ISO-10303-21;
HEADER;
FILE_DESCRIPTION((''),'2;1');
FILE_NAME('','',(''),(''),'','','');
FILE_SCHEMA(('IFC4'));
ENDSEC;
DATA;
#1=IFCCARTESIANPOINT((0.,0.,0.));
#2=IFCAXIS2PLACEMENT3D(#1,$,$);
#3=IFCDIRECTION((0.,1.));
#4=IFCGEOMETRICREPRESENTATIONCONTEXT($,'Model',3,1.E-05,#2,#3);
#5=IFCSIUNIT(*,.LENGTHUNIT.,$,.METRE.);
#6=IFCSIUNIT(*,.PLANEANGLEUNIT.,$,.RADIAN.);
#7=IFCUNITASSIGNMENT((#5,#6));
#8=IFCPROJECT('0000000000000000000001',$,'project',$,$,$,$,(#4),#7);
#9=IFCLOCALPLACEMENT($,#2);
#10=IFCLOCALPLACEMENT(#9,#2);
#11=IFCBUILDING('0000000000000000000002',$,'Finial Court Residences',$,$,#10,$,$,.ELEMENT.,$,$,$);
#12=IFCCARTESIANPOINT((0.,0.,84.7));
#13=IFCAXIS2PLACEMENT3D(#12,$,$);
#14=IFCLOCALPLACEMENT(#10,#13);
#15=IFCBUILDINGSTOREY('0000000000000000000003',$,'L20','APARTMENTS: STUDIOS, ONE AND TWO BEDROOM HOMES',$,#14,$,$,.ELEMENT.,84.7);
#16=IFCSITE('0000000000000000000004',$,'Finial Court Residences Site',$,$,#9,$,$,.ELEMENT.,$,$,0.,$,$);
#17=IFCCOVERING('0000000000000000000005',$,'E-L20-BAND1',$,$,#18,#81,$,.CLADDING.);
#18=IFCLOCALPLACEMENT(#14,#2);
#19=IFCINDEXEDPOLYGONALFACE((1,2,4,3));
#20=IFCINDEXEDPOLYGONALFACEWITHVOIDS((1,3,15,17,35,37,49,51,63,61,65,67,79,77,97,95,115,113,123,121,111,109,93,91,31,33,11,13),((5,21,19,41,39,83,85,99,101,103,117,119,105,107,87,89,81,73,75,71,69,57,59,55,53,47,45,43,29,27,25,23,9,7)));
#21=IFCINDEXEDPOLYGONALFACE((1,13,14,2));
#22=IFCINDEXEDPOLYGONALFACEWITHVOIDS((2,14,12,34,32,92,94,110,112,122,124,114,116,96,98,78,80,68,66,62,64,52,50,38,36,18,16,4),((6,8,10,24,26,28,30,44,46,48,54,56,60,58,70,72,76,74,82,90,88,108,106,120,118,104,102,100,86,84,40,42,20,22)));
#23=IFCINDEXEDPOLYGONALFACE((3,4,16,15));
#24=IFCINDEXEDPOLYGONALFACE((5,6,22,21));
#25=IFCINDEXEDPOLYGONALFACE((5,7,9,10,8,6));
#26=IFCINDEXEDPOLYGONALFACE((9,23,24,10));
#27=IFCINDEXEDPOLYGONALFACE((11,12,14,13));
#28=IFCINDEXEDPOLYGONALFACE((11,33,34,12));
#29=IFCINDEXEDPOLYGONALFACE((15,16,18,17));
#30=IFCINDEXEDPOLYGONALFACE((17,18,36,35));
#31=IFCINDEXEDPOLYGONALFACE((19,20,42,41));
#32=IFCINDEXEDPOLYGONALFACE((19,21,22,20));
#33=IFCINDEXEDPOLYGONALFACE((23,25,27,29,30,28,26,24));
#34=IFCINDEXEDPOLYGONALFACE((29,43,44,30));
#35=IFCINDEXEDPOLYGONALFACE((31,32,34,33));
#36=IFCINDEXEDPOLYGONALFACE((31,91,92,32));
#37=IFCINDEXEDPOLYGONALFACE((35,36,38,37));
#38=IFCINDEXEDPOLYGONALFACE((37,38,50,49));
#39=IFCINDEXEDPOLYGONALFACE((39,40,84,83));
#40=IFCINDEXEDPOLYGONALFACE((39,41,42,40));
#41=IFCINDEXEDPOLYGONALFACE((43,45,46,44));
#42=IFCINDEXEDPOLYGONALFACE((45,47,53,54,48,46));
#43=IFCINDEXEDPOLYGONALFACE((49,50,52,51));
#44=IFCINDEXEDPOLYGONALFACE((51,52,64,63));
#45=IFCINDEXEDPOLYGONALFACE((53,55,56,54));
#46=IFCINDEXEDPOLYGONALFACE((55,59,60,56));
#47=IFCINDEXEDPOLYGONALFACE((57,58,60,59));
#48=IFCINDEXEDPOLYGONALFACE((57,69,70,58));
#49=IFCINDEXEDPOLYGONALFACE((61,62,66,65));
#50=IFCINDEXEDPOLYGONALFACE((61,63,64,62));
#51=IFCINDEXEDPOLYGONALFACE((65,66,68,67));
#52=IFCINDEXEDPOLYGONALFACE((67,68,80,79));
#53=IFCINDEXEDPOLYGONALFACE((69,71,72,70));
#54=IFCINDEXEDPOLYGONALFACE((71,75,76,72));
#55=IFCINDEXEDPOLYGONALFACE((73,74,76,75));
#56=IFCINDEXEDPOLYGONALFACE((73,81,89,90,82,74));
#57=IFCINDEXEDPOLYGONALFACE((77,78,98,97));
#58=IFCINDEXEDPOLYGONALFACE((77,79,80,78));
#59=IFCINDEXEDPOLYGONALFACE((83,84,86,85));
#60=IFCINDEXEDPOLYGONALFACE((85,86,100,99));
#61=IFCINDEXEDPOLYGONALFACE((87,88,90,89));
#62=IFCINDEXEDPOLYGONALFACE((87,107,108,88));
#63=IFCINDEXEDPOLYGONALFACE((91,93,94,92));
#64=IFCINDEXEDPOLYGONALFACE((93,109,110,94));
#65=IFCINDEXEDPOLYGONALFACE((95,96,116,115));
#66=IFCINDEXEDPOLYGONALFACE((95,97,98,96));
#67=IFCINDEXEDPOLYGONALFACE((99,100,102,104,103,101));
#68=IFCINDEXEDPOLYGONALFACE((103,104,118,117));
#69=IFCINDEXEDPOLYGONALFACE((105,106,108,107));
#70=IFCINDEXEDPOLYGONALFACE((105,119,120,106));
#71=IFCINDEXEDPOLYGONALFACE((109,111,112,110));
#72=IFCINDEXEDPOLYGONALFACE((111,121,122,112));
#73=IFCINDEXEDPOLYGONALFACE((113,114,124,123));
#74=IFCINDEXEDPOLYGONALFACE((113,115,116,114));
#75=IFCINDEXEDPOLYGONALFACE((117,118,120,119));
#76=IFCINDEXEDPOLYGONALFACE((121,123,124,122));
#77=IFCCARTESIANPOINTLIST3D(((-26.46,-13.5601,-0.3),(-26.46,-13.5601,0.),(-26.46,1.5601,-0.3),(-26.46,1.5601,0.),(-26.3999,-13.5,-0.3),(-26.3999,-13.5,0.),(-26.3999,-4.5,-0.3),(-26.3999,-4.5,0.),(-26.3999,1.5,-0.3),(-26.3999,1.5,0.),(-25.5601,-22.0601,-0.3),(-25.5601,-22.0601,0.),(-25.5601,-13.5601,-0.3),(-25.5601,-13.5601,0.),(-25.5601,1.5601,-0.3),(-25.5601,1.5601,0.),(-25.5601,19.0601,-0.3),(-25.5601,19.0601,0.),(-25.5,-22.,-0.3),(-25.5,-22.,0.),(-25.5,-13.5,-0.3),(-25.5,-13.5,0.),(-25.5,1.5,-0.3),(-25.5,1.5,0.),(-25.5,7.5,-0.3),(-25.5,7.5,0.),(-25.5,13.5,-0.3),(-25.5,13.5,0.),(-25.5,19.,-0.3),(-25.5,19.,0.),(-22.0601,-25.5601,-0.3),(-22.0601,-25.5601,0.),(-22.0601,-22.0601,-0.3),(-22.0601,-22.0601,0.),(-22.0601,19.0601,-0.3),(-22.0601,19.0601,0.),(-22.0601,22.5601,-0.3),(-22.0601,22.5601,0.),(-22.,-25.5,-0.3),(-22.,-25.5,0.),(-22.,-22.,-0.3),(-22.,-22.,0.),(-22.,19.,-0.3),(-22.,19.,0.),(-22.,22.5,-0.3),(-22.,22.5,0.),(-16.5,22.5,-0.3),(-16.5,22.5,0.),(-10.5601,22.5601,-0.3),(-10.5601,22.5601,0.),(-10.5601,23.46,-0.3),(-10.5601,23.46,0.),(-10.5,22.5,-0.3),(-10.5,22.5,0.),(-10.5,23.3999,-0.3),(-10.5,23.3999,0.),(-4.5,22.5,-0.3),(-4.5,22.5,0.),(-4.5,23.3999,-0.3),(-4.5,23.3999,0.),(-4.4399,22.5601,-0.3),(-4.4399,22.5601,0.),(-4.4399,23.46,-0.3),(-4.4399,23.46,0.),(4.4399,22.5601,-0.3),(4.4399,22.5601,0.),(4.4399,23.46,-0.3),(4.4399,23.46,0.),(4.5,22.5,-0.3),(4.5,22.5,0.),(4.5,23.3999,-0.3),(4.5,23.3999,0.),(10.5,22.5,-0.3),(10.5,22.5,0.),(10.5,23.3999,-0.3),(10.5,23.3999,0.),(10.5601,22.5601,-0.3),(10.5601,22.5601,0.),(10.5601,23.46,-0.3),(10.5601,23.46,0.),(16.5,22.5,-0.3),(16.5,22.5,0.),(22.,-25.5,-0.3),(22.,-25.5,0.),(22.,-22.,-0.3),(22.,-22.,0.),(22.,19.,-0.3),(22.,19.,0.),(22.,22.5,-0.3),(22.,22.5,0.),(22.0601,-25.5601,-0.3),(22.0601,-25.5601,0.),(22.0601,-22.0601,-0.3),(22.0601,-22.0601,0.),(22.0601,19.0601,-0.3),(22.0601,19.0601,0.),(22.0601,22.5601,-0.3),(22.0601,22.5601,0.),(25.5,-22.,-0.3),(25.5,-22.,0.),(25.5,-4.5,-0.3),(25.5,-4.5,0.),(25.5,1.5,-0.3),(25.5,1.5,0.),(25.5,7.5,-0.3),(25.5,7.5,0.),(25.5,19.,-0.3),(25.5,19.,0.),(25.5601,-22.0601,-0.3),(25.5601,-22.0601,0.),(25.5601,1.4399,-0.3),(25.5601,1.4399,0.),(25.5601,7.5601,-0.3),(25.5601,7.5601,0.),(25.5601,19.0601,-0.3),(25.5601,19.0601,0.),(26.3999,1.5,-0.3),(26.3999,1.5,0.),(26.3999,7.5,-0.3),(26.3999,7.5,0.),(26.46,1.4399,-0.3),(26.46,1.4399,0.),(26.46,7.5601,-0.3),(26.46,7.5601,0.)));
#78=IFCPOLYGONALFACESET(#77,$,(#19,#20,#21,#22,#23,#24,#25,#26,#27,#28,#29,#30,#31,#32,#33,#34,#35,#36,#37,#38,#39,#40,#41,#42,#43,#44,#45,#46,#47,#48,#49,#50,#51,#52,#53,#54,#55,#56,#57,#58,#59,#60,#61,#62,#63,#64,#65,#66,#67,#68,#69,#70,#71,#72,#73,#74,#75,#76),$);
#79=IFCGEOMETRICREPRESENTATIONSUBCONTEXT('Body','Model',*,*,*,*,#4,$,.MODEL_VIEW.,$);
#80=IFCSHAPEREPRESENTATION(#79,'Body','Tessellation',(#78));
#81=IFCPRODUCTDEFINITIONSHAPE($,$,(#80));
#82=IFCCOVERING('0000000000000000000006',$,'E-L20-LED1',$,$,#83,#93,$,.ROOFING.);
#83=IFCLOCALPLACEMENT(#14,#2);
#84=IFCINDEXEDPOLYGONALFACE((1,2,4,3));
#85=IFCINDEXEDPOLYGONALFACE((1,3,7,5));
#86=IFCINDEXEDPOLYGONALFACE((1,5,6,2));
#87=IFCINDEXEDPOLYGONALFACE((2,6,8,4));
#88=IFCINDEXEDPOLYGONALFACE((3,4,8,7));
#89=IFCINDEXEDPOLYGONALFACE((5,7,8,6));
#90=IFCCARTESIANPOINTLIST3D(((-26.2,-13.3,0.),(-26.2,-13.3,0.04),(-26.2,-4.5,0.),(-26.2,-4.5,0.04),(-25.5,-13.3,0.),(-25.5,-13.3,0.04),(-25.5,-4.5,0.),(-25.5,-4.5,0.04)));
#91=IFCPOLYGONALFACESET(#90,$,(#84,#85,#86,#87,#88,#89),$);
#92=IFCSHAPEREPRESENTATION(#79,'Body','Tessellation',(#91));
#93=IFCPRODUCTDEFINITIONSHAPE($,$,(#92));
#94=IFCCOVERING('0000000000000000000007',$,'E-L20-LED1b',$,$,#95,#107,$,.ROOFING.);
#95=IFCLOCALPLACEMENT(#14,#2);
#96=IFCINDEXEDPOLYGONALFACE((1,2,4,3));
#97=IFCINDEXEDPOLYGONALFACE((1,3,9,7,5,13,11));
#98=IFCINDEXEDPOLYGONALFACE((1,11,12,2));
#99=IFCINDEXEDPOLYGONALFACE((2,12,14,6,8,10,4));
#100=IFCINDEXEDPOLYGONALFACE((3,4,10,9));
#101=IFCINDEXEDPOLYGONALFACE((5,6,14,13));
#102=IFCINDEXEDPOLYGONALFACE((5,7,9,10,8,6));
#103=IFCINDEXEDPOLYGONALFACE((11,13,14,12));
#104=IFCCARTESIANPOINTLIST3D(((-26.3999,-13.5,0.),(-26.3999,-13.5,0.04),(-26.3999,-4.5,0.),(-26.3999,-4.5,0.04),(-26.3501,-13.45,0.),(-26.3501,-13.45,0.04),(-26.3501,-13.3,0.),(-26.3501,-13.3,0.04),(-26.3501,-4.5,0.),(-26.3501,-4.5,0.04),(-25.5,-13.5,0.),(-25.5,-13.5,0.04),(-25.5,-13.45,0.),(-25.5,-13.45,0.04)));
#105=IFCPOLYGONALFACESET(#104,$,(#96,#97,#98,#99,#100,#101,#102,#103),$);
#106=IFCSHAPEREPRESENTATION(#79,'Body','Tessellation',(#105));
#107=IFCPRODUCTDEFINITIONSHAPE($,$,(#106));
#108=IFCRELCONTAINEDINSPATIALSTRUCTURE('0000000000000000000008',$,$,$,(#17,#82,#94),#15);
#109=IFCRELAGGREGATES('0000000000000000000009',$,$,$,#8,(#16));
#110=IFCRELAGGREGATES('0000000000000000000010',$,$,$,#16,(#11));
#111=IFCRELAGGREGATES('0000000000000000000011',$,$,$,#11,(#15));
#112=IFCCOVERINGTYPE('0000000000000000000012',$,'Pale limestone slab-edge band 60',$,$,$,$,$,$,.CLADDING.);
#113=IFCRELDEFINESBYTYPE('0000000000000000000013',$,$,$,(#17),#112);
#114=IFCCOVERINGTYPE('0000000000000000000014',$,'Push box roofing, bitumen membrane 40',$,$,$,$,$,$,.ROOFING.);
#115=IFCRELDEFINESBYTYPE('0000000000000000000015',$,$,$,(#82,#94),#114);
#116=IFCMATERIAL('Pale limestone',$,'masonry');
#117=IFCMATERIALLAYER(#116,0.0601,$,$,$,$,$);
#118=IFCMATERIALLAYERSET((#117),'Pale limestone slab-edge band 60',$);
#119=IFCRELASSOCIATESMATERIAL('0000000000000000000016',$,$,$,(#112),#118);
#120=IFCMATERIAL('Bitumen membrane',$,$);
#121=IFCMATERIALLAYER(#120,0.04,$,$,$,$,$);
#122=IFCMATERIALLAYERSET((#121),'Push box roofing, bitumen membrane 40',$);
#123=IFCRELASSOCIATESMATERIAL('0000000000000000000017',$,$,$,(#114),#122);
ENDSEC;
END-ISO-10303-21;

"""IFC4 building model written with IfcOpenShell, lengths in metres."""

from ifc_helpers import new_model, si_unit, direction, frame, origin, place, context, subcontext, project, spatial, polyline, outline, extrude, material, layer, layer_set, type_object, element, save


model = new_model("IFC4")

# Units and contexts
model_context = context("Model", 3, precision=1e-05, world=origin(), true_north=direction((0.0, 1.0)))
body_context = subcontext(model_context, "Body", "Model", "MODEL_VIEW")
ifc_project = project(units=[si_unit("LENGTHUNIT", "METRE"), si_unit("PLANEANGLEUNIT", "RADIAN")], contexts=[model_context])

# Site, building, storey
site_placement = place(None, origin())
site = spatial("IfcSite", under=ifc_project, at=site_placement, Name="Finial Court Residences Site", CompositionType="ELEMENT", RefElevation=0.0)
building_placement = place(site_placement, origin())
building = spatial("IfcBuilding", under=site, at=building_placement, Name="Finial Court Residences", CompositionType="ELEMENT")
storey_placement = place(building_placement, frame((0.0, 0.0, 84.7)))
storey = spatial("IfcBuildingStorey", under=building, at=storey_placement, Name="L20", Description="APARTMENTS: STUDIOS, ONE AND TWO BEDROOM HOMES", CompositionType="ELEMENT", Elevation=84.7)

# Coverings
ifc_material_1 = material(Name="Pale limestone", Category="masonry")
ifc_layer_1 = layer(ifc_material_1, 0.0601)
ifc_layer_set_1 = layer_set([ifc_layer_1], Name="Pale limestone slab-edge band 60")
covering_type_1 = type_object("IfcCoveringType", Name="Pale limestone slab-edge band 60", PredefinedType="CLADDING", material=ifc_layer_set_1)
covering_1_placement = place(storey_placement, frame((0.0, 0.0, -0.3)))
element("IfcCovering", 1, at=covering_1_placement, inside=storey, type_object=covering_type_1, Name="E-L20-BAND1", PredefinedType="CLADDING", context=body_context, shape_type="SweptSolid", body=[
    extrude(outline(polyline([(-25.5601, 1.5601), (-25.5601, 19.0601), (-22.0601, 19.0601), (-22.0601, 22.5601), (-10.5601, 22.5601), (-10.5601, 23.46), (-4.4399, 23.46), (-4.4399, 22.5601), (4.4399, 22.5601), (4.4399, 23.46), (10.5601, 23.46), (10.5601, 22.5601), (22.0601, 22.5601), (22.0601, 19.0601), (25.5601, 19.0601), (25.5601, 7.5601), (26.46, 7.5601), (26.46, 1.4399), (25.5601, 1.4399), (25.5601, -22.0601), (22.0601, -22.0601), (22.0601, -25.5601), (-22.0601, -25.5601), (-22.0601, -22.0601), (-25.5601, -22.0601), (-25.5601, -13.5601), (-26.46, -13.5601), (-26.46, 1.5601), (-25.5601, 1.5601)]), holes=[polyline([(-26.3999, -13.5), (-25.5, -13.5), (-25.5, -22.0), (-22.0, -22.0), (-22.0, -25.5), (22.0, -25.5), (22.0, -22.0), (25.5, -22.0), (25.5, -4.5), (25.5, 1.5), (26.3999, 1.5), (26.3999, 7.5), (25.5, 7.5), (25.5, 19.0), (22.0, 19.0), (22.0, 22.5), (16.5, 22.5), (10.5, 22.5), (10.5, 23.3999), (4.5, 23.3999), (4.5, 22.5), (-4.5, 22.5), (-4.5, 23.3999), (-10.5, 23.3999), (-10.5, 22.5), (-16.5, 22.5), (-22.0, 22.5), (-22.0, 19.0), (-25.5, 19.0), (-25.5, 13.5), (-25.5, 7.5), (-25.5, 1.5), (-26.3999, 1.5), (-26.3999, -4.5), (-26.3999, -13.5)])]), origin(), (0.0, 0.0, 1.0), 0.3),
])
ifc_material_2 = material(Name="Bitumen membrane")
ifc_layer_2 = layer(ifc_material_2, 0.04)
ifc_layer_set_2 = layer_set([ifc_layer_2], Name="Push box roofing, bitumen membrane 40")
covering_type_2 = type_object("IfcCoveringType", Name="Push box roofing, bitumen membrane 40", PredefinedType="ROOFING", material=ifc_layer_set_2)
covering_2_placement = place(storey_placement, origin())
element("IfcCovering", 2, at=covering_2_placement, inside=storey, type_object=covering_type_2, Name="E-L20-LED1", PredefinedType="ROOFING", context=body_context, shape_type="SweptSolid", body=[
    extrude(outline(polyline([(-25.5, -13.3), (-26.2, -13.3), (-26.2, -4.5), (-25.5, -4.5), (-25.5, -13.3)])), origin(), (0.0, 0.0, 1.0), 0.04),
])
covering_3_placement = place(storey_placement, origin())
element("IfcCovering", 3, at=covering_3_placement, inside=storey, type_object=covering_type_2, Name="E-L20-LED1b", PredefinedType="ROOFING", context=body_context, shape_type="SweptSolid", body=[
    extrude(outline(polyline([(-25.5, -13.5), (-26.3999, -13.5), (-26.3999, -4.5), (-26.3501, -4.5), (-26.3501, -13.3), (-26.3501, -13.3), (-26.3501, -13.45), (-25.5, -13.45), (-25.5, -13.5)])), origin(), (0.0, 0.0, 1.0), 0.04),
])

save(model, "model.ifc")
